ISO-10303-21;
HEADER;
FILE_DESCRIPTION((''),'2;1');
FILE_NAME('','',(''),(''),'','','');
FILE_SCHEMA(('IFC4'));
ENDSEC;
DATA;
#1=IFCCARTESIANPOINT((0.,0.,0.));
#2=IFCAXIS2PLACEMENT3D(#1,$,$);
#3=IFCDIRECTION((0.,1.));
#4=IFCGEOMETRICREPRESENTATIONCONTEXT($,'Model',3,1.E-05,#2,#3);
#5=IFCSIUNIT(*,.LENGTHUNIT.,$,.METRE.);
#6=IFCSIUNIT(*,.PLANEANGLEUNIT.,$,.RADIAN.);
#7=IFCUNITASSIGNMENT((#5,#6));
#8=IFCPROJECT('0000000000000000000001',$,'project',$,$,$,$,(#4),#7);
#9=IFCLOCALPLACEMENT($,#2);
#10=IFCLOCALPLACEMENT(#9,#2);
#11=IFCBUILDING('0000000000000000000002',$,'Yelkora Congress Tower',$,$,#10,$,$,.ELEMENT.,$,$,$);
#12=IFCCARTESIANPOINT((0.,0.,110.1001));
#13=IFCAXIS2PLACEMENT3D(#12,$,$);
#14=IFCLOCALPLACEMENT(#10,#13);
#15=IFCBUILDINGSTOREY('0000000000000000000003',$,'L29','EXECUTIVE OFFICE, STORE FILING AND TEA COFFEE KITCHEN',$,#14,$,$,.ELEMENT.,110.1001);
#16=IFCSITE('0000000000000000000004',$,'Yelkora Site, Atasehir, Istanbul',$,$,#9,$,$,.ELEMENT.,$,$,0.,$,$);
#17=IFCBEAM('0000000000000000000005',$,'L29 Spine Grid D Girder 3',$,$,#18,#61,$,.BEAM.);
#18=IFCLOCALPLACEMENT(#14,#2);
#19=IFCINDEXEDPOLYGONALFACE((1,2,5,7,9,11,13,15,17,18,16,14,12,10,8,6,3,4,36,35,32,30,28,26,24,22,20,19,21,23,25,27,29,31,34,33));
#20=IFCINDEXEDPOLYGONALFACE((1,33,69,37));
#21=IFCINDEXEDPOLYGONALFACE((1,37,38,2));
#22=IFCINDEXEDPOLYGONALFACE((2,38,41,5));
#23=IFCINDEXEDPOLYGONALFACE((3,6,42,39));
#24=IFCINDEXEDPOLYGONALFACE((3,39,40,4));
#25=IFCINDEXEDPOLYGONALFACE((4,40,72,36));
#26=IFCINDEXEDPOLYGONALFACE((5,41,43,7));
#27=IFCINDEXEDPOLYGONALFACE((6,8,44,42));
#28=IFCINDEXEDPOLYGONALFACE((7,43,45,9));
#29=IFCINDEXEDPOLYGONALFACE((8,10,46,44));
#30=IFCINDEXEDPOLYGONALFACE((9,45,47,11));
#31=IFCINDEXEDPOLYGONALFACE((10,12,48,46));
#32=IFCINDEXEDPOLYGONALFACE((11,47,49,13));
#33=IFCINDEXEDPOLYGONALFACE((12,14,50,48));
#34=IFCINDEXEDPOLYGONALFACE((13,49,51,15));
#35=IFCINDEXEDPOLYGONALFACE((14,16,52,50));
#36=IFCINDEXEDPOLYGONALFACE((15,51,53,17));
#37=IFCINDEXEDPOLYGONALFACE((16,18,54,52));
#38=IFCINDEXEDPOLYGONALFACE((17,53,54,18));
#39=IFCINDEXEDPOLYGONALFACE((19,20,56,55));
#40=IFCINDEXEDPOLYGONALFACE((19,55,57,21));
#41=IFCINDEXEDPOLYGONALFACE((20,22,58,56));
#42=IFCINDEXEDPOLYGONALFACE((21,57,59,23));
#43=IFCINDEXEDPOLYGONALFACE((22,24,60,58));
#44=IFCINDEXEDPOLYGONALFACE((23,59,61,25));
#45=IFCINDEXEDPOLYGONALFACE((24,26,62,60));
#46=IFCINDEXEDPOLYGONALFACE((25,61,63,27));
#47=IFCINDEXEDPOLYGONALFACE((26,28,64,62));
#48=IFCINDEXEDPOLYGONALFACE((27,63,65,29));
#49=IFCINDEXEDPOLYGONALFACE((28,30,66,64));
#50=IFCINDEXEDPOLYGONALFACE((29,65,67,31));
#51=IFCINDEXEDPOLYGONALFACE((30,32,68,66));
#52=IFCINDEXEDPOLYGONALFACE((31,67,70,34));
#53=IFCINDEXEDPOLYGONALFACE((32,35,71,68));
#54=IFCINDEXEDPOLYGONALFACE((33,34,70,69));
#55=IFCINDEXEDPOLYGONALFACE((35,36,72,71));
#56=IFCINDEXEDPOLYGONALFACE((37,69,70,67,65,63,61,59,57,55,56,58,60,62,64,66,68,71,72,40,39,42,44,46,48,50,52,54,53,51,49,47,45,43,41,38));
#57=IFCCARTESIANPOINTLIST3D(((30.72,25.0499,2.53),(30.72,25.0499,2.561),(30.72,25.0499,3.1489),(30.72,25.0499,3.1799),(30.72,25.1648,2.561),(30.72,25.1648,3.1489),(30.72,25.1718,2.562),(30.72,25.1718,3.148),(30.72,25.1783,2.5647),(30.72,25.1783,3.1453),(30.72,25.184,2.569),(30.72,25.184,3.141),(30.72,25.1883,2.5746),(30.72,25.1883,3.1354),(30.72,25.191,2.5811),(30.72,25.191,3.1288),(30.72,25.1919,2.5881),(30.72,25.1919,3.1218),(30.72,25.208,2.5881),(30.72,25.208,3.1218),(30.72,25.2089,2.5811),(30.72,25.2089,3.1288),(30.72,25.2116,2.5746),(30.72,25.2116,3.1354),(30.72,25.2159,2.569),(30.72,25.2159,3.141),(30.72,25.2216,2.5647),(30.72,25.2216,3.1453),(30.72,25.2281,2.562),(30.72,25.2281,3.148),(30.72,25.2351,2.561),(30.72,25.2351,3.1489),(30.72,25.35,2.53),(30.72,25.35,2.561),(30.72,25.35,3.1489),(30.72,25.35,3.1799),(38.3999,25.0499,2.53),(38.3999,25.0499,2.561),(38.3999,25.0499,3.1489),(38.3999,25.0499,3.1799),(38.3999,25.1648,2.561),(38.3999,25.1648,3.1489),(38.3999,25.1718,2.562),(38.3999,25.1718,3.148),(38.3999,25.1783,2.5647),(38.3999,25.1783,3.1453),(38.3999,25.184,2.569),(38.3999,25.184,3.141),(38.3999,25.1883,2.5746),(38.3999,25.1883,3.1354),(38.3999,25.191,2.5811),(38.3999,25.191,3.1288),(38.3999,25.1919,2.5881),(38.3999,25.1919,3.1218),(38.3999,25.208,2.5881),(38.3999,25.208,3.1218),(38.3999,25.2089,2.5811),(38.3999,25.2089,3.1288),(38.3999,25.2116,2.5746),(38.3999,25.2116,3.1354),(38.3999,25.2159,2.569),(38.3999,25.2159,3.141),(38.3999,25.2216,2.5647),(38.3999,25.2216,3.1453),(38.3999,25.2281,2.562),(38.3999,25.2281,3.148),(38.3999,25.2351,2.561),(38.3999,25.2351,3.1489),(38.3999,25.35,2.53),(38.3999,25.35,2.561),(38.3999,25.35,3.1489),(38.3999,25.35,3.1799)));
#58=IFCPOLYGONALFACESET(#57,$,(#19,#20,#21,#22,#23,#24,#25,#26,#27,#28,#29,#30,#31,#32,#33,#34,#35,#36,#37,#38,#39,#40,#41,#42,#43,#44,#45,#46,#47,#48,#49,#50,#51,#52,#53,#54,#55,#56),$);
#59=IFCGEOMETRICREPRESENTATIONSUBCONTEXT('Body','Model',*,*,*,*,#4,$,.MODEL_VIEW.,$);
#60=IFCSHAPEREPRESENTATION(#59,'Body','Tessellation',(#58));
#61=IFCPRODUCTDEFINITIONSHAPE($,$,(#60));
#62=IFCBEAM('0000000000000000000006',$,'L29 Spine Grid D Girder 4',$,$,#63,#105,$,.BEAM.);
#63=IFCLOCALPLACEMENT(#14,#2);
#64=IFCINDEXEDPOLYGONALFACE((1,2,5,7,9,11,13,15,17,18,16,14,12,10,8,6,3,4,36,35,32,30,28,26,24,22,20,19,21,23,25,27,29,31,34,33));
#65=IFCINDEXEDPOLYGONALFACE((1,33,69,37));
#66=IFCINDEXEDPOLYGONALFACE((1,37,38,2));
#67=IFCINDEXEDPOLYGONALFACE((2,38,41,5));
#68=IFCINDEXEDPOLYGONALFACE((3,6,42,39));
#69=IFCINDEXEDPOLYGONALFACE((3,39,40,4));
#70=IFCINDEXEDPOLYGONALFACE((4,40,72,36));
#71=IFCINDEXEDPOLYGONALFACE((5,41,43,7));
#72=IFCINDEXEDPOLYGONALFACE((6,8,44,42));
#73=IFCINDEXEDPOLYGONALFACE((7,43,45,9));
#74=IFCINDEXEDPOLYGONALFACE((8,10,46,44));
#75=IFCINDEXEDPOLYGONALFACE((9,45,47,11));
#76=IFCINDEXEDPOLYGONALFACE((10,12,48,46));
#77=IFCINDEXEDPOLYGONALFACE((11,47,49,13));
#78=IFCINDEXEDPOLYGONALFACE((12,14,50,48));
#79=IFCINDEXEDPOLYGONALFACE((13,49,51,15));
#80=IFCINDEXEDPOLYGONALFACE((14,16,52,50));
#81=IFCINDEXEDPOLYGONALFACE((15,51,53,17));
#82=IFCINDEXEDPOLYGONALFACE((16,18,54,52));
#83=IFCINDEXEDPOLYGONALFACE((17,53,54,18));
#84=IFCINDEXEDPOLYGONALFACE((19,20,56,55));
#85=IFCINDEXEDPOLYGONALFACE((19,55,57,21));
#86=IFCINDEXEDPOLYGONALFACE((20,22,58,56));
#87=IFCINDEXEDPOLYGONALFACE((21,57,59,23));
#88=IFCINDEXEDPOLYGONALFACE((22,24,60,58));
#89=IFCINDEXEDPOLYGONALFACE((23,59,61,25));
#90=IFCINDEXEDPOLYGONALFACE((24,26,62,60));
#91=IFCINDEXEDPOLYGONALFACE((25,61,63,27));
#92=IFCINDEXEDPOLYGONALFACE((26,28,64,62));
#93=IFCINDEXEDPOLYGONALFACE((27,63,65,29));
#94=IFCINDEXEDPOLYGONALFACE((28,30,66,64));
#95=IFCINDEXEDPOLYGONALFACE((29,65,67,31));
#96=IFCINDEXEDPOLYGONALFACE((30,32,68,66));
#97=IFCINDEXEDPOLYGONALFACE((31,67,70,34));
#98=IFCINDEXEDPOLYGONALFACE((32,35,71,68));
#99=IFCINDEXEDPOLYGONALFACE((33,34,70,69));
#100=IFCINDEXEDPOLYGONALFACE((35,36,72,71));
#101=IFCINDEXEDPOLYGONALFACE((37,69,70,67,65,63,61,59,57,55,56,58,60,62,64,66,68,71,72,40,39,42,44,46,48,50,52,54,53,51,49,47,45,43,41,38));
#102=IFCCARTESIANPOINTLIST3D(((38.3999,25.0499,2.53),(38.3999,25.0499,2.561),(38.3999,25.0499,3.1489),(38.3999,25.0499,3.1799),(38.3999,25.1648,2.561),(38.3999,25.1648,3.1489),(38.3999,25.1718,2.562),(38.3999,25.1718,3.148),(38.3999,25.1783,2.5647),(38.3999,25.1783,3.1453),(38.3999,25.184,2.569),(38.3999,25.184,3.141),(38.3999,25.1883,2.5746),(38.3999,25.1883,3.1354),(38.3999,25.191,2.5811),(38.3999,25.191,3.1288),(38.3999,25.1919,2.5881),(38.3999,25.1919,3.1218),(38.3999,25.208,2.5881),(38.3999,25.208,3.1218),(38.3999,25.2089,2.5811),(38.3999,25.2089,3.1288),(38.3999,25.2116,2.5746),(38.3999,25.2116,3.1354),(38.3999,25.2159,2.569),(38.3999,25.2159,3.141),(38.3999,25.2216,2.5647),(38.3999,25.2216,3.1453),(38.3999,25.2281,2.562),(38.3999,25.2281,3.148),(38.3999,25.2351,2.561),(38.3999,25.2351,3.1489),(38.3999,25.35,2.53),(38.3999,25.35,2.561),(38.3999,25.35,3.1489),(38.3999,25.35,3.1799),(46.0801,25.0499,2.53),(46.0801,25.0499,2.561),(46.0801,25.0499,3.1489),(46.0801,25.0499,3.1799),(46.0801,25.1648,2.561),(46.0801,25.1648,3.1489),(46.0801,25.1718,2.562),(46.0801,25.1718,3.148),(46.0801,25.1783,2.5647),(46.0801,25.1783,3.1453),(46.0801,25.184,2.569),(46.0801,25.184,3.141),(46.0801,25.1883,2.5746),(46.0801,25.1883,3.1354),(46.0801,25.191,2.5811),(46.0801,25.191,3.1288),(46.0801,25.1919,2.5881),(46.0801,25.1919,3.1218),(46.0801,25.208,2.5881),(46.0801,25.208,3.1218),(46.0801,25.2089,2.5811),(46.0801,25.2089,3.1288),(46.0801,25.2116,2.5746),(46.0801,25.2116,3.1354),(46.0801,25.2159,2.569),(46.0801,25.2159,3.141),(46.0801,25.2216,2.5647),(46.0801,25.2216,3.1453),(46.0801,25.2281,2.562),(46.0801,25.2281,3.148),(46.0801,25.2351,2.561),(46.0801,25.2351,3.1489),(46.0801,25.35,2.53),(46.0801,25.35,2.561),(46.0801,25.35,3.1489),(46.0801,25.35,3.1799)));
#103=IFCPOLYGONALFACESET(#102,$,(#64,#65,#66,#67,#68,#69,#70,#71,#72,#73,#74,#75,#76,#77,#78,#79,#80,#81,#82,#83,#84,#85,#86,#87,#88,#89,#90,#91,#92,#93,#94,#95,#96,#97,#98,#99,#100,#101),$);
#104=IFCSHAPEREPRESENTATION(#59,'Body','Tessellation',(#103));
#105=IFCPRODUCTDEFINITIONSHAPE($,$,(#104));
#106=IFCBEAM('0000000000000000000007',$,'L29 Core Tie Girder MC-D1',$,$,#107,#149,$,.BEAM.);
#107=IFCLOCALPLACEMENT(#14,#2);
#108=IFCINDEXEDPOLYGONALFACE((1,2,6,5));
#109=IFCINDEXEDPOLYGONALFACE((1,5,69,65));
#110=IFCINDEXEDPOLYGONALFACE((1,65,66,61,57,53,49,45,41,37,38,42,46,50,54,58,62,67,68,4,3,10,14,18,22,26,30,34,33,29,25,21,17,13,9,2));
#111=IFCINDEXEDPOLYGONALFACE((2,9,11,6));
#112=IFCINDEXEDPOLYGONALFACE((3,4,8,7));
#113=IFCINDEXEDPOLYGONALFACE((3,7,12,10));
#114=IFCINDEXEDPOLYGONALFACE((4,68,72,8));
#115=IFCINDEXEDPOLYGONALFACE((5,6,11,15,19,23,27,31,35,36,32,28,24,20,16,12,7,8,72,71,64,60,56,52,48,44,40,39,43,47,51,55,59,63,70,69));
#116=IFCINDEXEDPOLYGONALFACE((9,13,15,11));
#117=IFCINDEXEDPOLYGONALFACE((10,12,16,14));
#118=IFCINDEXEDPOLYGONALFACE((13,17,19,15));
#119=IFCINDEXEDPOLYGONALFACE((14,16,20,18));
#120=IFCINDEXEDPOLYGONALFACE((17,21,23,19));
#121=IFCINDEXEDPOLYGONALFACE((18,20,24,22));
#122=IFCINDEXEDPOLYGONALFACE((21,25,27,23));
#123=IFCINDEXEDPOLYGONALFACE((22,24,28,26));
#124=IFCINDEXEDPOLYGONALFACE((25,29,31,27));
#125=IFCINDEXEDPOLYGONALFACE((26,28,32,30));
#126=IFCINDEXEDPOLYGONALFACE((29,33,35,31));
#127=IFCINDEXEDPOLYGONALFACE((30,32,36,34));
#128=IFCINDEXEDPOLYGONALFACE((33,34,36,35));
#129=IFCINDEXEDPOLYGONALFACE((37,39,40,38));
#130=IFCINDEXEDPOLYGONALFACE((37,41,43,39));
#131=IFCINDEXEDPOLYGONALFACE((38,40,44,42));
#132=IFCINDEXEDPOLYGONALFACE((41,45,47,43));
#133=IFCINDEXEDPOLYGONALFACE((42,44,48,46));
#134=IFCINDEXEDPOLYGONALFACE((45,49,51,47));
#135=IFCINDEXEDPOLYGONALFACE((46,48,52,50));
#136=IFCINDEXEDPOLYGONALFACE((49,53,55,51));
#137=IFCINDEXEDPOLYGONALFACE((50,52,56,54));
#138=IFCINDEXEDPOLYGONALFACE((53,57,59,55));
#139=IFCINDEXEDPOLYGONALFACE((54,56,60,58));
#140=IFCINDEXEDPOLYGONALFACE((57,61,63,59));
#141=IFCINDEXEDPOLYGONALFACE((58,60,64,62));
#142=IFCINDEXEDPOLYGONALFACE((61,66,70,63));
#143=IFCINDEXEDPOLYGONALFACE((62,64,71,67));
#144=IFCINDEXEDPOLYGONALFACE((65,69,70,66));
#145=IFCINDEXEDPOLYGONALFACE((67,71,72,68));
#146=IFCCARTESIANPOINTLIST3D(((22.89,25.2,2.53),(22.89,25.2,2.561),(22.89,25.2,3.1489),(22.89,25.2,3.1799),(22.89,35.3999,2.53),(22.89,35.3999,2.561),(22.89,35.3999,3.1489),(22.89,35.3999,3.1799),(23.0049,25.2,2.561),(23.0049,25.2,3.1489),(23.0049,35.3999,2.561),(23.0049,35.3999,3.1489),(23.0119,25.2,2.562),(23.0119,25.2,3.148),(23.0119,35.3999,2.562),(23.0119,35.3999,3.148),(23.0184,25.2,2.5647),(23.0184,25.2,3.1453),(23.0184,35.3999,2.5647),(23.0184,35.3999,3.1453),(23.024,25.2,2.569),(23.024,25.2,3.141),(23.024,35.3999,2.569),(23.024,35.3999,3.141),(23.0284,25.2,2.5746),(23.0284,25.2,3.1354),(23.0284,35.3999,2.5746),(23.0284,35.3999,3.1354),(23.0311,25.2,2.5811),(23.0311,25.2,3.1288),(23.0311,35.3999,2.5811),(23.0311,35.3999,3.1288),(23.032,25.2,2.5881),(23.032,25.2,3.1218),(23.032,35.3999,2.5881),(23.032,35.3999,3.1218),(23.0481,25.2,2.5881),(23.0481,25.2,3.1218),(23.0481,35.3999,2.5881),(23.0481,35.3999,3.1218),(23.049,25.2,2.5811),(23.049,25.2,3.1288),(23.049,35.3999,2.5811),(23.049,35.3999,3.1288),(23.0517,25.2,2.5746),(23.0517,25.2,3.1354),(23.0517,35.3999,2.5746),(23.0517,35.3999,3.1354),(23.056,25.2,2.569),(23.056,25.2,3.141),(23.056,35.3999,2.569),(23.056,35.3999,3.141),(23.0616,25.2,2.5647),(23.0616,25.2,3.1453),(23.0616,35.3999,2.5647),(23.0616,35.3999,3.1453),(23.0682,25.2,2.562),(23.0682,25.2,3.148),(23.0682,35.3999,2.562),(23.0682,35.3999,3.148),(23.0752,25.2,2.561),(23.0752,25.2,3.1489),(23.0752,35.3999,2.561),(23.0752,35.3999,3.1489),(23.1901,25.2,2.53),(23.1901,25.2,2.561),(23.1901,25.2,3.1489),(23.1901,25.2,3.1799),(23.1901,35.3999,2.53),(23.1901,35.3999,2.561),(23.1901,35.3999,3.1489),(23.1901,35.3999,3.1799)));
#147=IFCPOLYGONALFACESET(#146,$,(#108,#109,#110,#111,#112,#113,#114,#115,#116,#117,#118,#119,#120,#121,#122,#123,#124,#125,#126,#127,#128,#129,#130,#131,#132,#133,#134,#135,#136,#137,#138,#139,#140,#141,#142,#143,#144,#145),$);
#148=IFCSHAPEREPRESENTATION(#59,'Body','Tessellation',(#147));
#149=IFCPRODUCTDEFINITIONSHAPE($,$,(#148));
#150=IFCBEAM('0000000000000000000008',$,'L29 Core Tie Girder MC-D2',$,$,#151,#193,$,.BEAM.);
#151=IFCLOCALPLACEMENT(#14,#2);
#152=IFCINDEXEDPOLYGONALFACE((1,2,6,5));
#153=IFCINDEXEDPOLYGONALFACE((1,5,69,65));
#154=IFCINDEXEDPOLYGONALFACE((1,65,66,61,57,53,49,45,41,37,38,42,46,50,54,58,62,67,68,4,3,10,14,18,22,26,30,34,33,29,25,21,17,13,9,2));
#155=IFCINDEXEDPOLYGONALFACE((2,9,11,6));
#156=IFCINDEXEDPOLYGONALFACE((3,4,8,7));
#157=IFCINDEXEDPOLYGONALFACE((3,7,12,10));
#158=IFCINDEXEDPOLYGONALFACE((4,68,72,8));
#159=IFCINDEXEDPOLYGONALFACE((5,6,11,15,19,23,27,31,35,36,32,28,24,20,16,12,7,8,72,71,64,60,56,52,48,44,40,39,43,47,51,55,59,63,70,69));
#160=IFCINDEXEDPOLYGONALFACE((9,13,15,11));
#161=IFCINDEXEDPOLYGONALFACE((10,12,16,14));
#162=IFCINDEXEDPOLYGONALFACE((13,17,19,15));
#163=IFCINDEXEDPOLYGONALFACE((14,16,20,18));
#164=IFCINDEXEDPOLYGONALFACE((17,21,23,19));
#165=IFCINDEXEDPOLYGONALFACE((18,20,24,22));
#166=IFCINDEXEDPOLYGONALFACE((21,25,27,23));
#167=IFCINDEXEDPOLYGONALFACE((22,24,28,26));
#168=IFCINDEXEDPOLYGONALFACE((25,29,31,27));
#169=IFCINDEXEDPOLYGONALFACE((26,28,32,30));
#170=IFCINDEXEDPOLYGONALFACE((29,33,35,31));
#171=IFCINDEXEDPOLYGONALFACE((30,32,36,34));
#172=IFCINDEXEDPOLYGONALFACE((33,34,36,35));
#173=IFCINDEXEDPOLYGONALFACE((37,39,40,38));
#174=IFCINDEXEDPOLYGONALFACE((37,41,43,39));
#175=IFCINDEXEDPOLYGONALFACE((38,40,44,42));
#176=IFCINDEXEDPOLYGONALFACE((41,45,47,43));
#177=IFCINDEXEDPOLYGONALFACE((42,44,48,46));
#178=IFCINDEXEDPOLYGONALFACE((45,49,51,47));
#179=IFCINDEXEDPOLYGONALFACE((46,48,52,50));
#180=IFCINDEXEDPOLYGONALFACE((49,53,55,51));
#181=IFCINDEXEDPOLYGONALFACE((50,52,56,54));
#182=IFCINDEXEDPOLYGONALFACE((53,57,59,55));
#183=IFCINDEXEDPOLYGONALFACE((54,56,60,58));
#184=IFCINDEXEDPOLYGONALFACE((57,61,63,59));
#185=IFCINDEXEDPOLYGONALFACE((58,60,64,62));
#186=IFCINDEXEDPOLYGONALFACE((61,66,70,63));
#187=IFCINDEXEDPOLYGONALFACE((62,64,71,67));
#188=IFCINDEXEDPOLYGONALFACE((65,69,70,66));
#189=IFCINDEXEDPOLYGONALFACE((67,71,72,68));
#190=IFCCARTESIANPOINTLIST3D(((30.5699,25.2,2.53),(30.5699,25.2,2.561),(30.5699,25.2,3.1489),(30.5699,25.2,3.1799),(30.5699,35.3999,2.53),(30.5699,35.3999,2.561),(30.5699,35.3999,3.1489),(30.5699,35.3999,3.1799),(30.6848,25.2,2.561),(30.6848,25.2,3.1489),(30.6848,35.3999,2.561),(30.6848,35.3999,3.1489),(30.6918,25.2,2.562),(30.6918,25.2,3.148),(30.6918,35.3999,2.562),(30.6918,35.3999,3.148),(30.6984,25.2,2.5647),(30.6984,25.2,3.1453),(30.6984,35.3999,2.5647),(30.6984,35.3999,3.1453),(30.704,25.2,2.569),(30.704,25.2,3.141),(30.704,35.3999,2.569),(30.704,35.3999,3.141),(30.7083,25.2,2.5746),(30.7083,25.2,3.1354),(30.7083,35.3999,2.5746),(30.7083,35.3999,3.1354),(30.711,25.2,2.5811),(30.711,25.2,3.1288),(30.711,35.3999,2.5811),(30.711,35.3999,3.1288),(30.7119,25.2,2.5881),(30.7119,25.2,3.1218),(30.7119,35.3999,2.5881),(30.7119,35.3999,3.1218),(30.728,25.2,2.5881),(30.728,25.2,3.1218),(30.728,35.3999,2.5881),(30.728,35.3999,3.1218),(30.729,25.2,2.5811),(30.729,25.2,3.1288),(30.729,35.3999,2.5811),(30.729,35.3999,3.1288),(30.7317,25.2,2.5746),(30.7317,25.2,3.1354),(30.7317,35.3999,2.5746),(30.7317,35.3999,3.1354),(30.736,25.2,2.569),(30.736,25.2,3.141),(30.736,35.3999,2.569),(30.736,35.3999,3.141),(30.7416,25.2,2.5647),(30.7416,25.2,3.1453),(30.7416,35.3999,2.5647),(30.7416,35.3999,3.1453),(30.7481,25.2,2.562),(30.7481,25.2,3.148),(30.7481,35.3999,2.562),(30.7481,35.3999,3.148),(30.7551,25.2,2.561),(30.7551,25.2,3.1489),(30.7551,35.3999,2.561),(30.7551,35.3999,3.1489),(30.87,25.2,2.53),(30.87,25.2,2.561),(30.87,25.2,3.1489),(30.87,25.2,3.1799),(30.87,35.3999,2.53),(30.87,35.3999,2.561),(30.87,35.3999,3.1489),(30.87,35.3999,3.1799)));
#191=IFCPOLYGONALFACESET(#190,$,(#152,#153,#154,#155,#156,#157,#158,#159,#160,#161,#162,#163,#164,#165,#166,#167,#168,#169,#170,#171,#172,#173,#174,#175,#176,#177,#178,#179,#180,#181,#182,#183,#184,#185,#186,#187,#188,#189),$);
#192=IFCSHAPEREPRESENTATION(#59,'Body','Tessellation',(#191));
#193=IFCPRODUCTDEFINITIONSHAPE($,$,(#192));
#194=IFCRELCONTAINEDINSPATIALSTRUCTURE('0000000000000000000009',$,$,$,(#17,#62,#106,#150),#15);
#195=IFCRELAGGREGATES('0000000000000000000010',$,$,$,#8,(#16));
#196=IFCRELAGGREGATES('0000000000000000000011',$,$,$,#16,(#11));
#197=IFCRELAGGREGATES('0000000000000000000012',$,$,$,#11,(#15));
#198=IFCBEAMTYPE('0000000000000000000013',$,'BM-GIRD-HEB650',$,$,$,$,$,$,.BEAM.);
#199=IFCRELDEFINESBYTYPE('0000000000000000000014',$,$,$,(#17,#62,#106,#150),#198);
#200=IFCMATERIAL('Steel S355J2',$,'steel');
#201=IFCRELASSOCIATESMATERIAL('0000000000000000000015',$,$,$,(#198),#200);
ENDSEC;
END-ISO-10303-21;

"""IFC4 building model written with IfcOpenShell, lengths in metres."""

from ifc_helpers import new_model, si_unit, direction, frame, origin, origin_2d, place, context, subcontext, project, spatial, i_section, extrude, material, material_profile, profile_set, type_object, element, save


model = new_model("IFC4")

# Units and contexts
model_context = context("Model", 3, precision=1e-05, world=origin(), true_north=direction((0.0, 1.0)))
body_context = subcontext(model_context, "Body", "Model", "MODEL_VIEW")
ifc_project = project(units=[si_unit("LENGTHUNIT", "METRE"), si_unit("PLANEANGLEUNIT", "RADIAN")], contexts=[model_context])

# Site, building, storey
site_placement = place(None, origin())
site = spatial("IfcSite", under=ifc_project, at=site_placement, Name="Yelkora Site, Atasehir, Istanbul", CompositionType="ELEMENT", RefElevation=0.0)
building_placement = place(site_placement, origin())
building = spatial("IfcBuilding", under=site, at=building_placement, Name="Yelkora Congress Tower", CompositionType="ELEMENT")
storey_placement = place(building_placement, frame((0.0, 0.0, 110.1001)))
storey = spatial("IfcBuildingStorey", under=building, at=storey_placement, Name="L29", Description="EXECUTIVE OFFICE, STORE FILING AND TEA COFFEE KITCHEN", CompositionType="ELEMENT", Elevation=110.1001)

# Beams
ifc_material_1 = material(Name="Steel S355J2", Category="steel")
ifc_material_profile_1 = material_profile(ifc_material_1, i_section(OverallWidth=0.3, OverallDepth=0.6499, WebThickness=0.0161, FlangeThickness=0.031, FilletRadius=0.0271, at=origin_2d()), Name="HEB 650")
ifc_profile_set_1 = profile_set([ifc_material_profile_1], Name="Steel S355J2")
beam_type_1 = type_object("IfcBeamType", Name="BM-GIRD-HEB650", PredefinedType="BEAM", material=ifc_profile_set_1)
for number, where, z_axis, x_axis, name in (
    (1, (30.72, 25.2, 2.855), (1.0, 0.0, 0.0), (0.0, 1.0, 0.0), "L29 Spine Grid D Girder 3"),
):
    element("IfcBeam", number, at=place(storey_placement, frame(where, z_axis=z_axis, x_axis=x_axis)), inside=storey, type_object=beam_type_1, Name=name, PredefinedType="BEAM", context=body_context, shape_type="SweptSolid", body=[
        extrude(i_section(OverallWidth=0.3, OverallDepth=0.6499, WebThickness=0.0161, FlangeThickness=0.031, FilletRadius=0.0271, at=origin_2d()), origin(), (0.0, 0.0, 1.0), 7.6799),
    ])
beam_1_placement = place(storey_placement, frame((38.3999, 25.2, 2.855), z_axis=(1.0, 0.0, 0.0), x_axis=(0.0, 1.0, 0.0)))
element("IfcBeam", 2, at=beam_1_placement, inside=storey, type_object=beam_type_1, Name="L29 Spine Grid D Girder 4", PredefinedType="BEAM", context=body_context, shape_type="SweptSolid", body=[
    extrude(i_section(OverallWidth=0.3, OverallDepth=0.6499, WebThickness=0.0161, FlangeThickness=0.031, FilletRadius=0.0271, at=origin_2d()), origin(), (0.0, 0.0, 1.0), 7.6802),
])
for number, where, z_axis, x_axis, name in (
    (3, (23.04, 25.2, 2.855), (0.0, 1.0, 0.0), (-1.0, 0.0, 0.0), "L29 Core Tie Girder MC-D1"),
    (4, (30.72, 25.2, 2.855), (0.0, 1.0, 0.0), (-1.0, 0.0, 0.0), "L29 Core Tie Girder MC-D2"),
):
    element("IfcBeam", number, at=place(storey_placement, frame(where, z_axis=z_axis, x_axis=x_axis)), inside=storey, type_object=beam_type_1, Name=name, PredefinedType="BEAM", context=body_context, shape_type="SweptSolid", body=[
        extrude(i_section(OverallWidth=0.3, OverallDepth=0.6499, WebThickness=0.0161, FlangeThickness=0.031, FilletRadius=0.0271, at=origin_2d()), origin(), (0.0, 0.0, 1.0), 10.2),
    ])

save(model, "model.ifc")
